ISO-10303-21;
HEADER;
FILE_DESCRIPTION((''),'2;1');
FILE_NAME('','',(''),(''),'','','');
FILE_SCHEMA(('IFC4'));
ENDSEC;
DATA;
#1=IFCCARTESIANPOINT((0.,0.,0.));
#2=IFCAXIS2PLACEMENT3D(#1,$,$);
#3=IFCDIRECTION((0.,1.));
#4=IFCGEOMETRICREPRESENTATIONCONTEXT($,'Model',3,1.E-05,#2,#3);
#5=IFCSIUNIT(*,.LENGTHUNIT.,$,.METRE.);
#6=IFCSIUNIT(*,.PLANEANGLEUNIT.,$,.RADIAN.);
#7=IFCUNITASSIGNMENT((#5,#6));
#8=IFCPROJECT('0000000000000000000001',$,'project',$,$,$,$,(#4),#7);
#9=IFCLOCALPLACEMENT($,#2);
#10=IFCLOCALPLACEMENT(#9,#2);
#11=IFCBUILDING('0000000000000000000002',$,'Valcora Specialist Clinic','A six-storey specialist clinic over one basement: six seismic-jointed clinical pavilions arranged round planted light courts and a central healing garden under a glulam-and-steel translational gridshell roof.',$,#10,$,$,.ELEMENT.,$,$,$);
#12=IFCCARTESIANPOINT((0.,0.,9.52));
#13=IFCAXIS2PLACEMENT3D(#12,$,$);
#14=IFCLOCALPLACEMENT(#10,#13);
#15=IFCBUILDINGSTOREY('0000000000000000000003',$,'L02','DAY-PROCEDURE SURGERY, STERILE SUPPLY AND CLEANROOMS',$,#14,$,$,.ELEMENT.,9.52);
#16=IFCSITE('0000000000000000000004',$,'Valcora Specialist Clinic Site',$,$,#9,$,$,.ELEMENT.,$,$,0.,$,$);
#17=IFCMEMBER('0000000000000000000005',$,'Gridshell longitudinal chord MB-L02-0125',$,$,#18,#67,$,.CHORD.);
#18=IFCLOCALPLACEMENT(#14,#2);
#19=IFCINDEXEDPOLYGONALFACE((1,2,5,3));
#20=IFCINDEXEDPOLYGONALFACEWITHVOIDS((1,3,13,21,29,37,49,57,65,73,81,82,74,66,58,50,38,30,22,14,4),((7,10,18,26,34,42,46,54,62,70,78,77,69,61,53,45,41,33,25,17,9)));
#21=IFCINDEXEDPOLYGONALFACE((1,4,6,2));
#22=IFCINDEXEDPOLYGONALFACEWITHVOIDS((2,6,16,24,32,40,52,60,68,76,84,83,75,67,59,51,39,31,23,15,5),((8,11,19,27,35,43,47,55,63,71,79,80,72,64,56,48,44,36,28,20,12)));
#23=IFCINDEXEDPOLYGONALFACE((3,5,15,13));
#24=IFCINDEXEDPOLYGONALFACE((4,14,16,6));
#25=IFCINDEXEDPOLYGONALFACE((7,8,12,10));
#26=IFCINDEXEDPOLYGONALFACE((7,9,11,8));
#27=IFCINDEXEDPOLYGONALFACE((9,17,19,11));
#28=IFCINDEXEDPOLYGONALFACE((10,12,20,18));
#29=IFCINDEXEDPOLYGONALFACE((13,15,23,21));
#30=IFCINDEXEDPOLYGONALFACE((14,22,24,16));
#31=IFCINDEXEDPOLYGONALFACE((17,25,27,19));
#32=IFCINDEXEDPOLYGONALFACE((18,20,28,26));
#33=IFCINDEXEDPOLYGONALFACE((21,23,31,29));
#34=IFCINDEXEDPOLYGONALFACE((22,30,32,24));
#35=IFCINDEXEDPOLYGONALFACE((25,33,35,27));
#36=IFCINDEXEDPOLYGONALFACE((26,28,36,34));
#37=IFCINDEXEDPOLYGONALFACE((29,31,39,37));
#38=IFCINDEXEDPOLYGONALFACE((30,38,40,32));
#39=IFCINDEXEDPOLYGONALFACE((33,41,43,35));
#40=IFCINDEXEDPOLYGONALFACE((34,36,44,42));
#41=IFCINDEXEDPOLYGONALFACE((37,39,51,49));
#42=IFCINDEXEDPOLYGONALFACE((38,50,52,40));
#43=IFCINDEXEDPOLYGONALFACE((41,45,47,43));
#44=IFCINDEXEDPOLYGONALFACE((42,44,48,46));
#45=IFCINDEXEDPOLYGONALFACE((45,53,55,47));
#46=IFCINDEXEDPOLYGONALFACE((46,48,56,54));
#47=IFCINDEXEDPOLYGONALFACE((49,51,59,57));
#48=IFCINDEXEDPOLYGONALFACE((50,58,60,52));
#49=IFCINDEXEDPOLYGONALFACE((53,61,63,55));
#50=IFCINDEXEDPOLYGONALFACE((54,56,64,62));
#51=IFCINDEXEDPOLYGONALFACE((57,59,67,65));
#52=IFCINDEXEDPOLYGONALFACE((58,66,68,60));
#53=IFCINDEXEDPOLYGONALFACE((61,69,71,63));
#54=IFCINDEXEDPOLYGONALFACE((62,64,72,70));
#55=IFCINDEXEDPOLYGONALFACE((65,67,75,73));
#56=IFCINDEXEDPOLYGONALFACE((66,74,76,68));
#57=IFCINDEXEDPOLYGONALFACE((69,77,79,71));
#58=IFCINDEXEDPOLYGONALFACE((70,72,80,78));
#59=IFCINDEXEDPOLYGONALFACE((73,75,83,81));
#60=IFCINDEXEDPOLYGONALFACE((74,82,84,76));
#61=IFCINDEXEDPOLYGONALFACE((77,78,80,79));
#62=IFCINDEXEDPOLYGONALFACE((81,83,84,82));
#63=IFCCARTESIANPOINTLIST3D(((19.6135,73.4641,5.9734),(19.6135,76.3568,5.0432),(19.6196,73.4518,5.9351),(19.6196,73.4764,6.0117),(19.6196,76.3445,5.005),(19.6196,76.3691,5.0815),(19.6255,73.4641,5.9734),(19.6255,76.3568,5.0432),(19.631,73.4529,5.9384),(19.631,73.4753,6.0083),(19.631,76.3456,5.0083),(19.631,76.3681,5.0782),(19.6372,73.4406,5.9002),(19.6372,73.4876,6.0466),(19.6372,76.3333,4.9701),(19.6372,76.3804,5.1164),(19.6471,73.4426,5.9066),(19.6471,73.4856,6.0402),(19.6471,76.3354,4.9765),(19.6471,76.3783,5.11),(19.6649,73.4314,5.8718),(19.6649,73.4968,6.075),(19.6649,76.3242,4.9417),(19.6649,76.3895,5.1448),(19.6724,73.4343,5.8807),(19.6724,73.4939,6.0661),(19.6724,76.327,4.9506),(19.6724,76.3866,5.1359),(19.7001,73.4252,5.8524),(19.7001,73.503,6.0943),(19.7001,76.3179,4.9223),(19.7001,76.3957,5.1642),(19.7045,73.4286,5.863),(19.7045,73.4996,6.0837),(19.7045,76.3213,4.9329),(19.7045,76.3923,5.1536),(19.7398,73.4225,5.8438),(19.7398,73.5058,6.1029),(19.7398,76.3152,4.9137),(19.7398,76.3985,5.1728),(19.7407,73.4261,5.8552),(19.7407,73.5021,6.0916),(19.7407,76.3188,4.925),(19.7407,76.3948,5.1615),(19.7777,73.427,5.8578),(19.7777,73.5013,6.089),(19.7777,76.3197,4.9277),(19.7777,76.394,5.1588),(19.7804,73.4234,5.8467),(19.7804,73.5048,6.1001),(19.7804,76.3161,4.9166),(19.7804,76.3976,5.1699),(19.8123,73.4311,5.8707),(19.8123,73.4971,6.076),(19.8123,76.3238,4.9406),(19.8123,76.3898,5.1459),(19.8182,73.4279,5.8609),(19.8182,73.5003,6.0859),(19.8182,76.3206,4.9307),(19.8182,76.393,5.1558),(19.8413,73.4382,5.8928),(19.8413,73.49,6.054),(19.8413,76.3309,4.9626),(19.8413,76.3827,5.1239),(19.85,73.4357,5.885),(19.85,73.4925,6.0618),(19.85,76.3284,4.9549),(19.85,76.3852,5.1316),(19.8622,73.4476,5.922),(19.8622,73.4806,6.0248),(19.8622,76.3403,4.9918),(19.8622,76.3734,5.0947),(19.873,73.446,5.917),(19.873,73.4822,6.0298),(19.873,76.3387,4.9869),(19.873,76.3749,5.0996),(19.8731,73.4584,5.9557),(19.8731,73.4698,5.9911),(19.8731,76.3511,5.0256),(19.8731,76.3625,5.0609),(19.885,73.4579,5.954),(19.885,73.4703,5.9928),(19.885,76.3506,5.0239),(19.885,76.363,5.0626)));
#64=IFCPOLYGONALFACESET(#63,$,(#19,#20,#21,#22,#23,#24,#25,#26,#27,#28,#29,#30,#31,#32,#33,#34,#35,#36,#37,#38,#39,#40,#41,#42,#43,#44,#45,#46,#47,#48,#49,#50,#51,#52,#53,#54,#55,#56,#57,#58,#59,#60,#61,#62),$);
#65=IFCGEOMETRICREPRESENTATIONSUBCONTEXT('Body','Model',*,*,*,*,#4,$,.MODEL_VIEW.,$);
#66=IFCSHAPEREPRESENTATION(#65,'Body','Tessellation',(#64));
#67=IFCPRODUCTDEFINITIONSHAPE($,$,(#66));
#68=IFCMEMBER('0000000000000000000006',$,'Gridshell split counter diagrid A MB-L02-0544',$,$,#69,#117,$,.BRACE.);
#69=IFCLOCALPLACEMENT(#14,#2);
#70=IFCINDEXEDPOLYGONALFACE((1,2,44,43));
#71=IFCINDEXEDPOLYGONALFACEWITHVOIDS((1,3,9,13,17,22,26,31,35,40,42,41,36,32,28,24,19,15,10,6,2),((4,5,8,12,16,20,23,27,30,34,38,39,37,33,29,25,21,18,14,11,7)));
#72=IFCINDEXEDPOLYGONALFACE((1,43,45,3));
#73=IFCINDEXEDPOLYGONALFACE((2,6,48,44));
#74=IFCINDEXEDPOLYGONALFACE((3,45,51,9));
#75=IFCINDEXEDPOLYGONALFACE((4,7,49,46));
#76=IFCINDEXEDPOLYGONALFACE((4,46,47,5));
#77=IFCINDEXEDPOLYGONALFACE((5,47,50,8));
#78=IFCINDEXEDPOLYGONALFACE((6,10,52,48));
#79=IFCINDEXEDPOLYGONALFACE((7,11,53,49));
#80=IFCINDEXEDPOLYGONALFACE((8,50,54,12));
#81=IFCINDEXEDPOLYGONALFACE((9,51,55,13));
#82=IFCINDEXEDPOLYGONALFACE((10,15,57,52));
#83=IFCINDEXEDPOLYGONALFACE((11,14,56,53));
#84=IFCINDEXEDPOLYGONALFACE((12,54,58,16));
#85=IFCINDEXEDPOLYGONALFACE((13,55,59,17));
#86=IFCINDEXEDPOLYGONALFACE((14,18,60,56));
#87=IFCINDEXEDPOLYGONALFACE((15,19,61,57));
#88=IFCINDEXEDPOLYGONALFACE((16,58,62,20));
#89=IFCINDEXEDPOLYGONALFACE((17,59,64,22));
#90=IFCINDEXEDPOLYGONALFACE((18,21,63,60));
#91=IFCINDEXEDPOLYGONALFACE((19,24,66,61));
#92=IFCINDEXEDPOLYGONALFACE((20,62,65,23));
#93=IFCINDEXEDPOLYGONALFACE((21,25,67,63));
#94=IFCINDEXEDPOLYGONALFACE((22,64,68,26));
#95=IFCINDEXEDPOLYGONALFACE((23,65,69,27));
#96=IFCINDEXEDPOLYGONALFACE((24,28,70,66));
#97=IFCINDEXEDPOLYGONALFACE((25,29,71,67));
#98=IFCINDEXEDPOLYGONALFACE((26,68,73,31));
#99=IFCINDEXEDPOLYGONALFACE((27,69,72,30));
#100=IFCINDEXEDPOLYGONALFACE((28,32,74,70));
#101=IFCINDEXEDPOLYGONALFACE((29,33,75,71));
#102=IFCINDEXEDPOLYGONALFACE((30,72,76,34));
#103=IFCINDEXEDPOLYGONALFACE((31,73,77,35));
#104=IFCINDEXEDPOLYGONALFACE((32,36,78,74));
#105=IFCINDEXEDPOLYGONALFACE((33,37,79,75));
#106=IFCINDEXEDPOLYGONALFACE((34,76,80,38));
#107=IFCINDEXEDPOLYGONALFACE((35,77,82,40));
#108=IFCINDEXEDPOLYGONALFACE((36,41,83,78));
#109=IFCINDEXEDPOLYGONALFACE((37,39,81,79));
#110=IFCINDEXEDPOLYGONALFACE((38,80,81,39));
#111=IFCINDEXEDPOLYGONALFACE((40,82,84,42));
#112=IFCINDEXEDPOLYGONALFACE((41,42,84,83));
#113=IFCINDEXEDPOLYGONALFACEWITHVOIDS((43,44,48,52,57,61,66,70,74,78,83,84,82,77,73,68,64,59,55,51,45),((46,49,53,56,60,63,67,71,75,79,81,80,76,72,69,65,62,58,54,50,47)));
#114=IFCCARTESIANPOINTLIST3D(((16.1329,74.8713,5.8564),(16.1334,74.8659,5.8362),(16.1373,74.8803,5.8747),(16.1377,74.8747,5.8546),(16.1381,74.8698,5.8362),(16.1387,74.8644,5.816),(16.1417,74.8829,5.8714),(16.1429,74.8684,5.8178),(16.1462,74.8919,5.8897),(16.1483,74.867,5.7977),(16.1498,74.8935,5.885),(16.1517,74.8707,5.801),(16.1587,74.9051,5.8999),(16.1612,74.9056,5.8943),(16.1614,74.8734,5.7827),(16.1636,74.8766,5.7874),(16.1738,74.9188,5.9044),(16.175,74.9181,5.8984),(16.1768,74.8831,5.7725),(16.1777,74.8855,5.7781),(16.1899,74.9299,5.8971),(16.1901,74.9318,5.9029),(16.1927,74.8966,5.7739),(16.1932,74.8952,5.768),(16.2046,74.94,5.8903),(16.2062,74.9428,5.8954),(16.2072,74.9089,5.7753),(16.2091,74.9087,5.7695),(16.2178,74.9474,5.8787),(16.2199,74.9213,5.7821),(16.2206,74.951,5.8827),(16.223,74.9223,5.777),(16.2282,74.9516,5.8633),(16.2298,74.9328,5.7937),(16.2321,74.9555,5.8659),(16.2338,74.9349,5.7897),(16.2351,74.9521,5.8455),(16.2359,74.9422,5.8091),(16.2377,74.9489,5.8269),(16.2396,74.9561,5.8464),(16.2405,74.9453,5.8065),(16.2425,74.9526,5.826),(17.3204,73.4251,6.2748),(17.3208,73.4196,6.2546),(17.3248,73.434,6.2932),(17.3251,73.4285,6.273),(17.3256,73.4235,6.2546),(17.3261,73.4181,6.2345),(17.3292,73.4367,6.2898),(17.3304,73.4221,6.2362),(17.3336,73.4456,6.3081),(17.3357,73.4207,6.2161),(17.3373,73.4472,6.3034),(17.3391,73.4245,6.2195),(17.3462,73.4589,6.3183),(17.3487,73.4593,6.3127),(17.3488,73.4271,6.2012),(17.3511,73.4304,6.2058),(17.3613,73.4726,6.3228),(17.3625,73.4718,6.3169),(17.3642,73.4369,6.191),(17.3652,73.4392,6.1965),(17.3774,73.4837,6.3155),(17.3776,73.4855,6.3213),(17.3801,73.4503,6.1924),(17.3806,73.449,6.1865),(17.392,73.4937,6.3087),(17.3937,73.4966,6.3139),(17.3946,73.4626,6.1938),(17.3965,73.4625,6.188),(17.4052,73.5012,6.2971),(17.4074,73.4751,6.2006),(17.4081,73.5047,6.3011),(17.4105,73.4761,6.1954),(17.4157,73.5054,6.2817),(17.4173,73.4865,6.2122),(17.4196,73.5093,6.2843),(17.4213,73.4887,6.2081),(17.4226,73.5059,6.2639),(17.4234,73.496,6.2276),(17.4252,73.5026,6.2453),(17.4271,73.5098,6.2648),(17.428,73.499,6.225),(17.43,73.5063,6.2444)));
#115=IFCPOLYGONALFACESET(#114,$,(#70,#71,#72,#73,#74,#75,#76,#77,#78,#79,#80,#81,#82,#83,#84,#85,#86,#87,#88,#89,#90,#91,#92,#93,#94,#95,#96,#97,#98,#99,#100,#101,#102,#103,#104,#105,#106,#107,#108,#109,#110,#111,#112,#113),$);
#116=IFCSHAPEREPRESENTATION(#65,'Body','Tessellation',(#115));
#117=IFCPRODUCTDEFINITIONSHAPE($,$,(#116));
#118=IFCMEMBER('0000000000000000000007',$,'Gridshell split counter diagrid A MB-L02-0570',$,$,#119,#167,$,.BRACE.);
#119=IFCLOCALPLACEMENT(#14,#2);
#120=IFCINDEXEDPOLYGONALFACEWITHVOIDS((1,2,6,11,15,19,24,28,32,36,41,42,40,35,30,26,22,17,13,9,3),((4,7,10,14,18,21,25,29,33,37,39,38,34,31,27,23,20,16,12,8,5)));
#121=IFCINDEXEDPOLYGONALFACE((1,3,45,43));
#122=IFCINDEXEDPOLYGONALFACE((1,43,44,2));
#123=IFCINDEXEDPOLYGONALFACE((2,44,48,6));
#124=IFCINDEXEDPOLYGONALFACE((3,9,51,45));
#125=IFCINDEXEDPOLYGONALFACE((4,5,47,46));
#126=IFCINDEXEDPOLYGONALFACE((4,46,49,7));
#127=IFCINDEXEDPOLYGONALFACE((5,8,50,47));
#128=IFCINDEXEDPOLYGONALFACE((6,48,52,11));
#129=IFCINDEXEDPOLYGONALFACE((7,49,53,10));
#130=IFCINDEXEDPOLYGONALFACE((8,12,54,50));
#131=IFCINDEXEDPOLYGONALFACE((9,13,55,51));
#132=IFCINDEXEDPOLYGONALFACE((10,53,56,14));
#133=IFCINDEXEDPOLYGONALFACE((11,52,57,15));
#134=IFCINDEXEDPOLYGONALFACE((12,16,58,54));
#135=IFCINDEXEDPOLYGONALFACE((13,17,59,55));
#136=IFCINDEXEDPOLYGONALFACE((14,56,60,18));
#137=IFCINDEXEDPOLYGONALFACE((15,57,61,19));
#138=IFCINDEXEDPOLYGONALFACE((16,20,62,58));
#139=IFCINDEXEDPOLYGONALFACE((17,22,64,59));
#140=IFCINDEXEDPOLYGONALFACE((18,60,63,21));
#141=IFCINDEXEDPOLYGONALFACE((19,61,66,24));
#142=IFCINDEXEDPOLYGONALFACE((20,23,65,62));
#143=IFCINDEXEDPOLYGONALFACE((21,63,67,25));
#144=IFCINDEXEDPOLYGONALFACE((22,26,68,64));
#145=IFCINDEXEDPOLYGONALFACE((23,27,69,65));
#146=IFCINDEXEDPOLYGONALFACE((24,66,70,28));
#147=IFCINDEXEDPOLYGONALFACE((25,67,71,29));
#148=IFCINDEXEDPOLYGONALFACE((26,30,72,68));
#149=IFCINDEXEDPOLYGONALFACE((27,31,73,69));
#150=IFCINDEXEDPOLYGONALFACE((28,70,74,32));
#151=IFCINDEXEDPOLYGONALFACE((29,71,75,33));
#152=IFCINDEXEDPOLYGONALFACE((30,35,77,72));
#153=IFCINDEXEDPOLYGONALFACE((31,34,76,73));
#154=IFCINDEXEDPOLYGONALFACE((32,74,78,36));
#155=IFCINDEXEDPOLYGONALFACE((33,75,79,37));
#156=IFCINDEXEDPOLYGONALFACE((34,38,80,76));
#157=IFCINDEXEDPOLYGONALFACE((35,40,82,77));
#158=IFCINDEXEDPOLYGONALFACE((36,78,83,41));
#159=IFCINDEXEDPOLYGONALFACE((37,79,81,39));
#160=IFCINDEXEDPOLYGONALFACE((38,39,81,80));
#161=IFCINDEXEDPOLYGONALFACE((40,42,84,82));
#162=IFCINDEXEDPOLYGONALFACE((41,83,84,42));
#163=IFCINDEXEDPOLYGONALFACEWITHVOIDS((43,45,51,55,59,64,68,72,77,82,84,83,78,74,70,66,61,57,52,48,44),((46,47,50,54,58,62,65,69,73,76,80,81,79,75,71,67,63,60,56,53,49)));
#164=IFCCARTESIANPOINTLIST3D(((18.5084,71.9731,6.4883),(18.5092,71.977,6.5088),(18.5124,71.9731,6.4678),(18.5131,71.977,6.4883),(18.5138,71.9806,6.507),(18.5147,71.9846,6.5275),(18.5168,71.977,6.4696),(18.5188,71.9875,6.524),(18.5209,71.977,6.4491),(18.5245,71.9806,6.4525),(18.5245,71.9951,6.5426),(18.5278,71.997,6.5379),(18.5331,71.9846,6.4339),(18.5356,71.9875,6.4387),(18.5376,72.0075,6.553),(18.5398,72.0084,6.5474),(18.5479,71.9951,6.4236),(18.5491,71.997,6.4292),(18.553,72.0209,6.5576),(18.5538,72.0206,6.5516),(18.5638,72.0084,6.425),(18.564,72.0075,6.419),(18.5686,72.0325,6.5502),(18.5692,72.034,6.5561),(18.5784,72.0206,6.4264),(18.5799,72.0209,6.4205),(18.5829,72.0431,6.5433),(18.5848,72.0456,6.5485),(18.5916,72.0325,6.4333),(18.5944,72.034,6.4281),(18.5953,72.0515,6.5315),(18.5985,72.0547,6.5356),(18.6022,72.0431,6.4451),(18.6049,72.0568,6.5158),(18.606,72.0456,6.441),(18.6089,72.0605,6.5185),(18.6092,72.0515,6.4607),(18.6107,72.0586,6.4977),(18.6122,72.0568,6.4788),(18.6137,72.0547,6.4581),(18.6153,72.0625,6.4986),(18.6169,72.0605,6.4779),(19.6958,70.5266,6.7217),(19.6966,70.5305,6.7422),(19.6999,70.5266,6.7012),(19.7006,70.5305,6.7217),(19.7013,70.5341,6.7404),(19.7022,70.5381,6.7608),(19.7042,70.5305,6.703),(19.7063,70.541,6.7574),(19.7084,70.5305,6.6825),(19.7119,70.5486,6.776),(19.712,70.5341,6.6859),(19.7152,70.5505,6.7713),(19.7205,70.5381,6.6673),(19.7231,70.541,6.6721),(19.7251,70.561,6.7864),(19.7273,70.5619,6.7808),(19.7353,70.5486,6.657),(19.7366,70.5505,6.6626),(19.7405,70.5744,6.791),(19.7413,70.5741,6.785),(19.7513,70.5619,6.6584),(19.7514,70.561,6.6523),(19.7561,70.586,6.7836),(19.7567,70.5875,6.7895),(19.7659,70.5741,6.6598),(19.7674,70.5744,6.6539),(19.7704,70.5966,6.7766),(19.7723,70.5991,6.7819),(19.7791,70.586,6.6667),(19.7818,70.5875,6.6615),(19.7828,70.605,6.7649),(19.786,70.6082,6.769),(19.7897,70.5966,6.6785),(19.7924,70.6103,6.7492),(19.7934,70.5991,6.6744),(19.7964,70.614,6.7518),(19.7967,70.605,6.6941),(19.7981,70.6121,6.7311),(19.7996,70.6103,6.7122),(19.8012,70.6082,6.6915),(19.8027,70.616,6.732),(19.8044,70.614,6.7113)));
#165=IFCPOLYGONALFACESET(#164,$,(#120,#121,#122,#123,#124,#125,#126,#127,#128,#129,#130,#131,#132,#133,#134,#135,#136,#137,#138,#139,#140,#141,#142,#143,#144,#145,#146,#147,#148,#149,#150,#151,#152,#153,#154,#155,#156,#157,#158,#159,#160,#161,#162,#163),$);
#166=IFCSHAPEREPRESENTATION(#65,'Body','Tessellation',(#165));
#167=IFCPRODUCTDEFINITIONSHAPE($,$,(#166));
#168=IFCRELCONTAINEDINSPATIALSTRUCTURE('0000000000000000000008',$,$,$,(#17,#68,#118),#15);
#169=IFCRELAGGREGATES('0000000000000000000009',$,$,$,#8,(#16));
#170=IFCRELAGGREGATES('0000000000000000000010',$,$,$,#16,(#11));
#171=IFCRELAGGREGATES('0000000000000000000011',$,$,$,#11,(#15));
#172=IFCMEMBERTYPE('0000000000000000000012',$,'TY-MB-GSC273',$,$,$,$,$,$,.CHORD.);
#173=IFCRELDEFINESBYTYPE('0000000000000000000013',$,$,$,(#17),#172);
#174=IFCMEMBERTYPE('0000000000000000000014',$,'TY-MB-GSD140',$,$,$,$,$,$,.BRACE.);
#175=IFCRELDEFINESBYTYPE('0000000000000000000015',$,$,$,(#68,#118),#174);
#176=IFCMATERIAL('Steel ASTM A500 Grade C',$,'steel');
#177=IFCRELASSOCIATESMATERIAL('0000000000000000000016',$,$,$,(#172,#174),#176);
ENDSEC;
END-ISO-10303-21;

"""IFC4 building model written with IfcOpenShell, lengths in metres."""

from ifc_helpers import new_model, si_unit, direction, frame, origin, origin_2d, place, context, subcontext, project, spatial, hollow_circle, extrude, material, material_profile, profile_set, type_object, element, save


model = new_model("IFC4")

# Units and contexts
model_context = context("Model", 3, precision=1e-05, world=origin(), true_north=direction((0.0, 1.0)))
body_context = subcontext(model_context, "Body", "Model", "MODEL_VIEW")
ifc_project = project(units=[si_unit("LENGTHUNIT", "METRE"), si_unit("PLANEANGLEUNIT", "RADIAN")], contexts=[model_context])

# Site, building, storey
site_placement = place(None, origin())
site = spatial("IfcSite", under=ifc_project, at=site_placement, Name="Valcora Specialist Clinic Site", CompositionType="ELEMENT", RefElevation=0.0)
building_placement = place(site_placement, origin())
building = spatial("IfcBuilding", under=site, at=building_placement, Name="Valcora Specialist Clinic", Description="A six-storey specialist clinic over one basement: six seismic-jointed clinical pavilions arranged round planted light courts and a central healing garden under a glulam-and-steel translational gridshell roof.", CompositionType="ELEMENT")
storey_placement = place(building_placement, frame((0.0, 0.0, 9.52)))
storey = spatial("IfcBuildingStorey", under=building, at=storey_placement, Name="L02", Description="DAY-PROCEDURE SURGERY, STERILE SUPPLY AND CLEANROOMS", CompositionType="ELEMENT", Elevation=9.52)

# Members
ifc_material_1 = material(Name="Steel ASTM A500 Grade C", Category="steel")
ifc_material_profile_1 = material_profile(ifc_material_1, hollow_circle(Radius=0.1365, WallThickness=0.012, at=origin_2d()), Name="ST-CHS-273X12")
ifc_profile_set_1 = profile_set([ifc_material_profile_1], Name="Steel ASTM A500 Grade C")
member_type_1 = type_object("IfcMemberType", Name="TY-MB-GSC273", PredefinedType="CHORD", material=ifc_profile_set_1)
member_1_placement = place(storey_placement, frame((19.75, 73.4641, 5.9734), z_axis=(0.0, 0.951996, -0.306111), x_axis=(-1.0, 0.0, 0.0)))
element("IfcMember", 1, at=member_1_placement, inside=storey, type_object=member_type_1, Name="Gridshell longitudinal chord MB-L02-0125", PredefinedType="CHORD", context=body_context, shape_type="SweptSolid", body=[
    extrude(hollow_circle(Radius=0.1365, WallThickness=0.012, at=origin_2d()), origin(), (0.0, 0.0, 1.0), 3.0386),
])
ifc_material_profile_2 = material_profile(ifc_material_1, hollow_circle(Radius=0.0701, WallThickness=0.0061, at=origin_2d()), Name="ST-CHS-140X6")
ifc_profile_set_2 = profile_set([ifc_material_profile_2], Name="Steel ASTM A500 Grade C")
member_type_2 = type_object("IfcMemberType", Name="TY-MB-GSD140", PredefinedType="BRACE", material=ifc_profile_set_2)
member_2_placement = place(storey_placement, frame((17.375, 73.4641, 6.2546), z_axis=(-0.619278, 0.754236, -0.218224), x_axis=(-0.772863, -0.634572, 0.0)))
element("IfcMember", 2, at=member_2_placement, inside=storey, type_object=member_type_2, Name="Gridshell split counter diagrid A MB-L02-0544", PredefinedType="BRACE", context=body_context, shape_type="SweptSolid", body=[
    extrude(hollow_circle(Radius=0.0701, WallThickness=0.0061, at=origin_2d()), origin(), (0.0, 0.0, 1.0), 1.9175),
])
member_3_placement = place(storey_placement, frame((19.75, 70.571, 6.7217), z_axis=(-0.629631, 0.766975, -0.123752), x_axis=(-0.772916, -0.634508, 0.0)))
element("IfcMember", 3, at=member_3_placement, inside=storey, type_object=member_type_2, Name="Gridshell split counter diagrid A MB-L02-0570", PredefinedType="BRACE", context=body_context, shape_type="SweptSolid", body=[
    extrude(hollow_circle(Radius=0.0701, WallThickness=0.0061, at=origin_2d()), origin(), (0.0, 0.0, 1.0), 1.886),
])

save(model, "model.ifc")
